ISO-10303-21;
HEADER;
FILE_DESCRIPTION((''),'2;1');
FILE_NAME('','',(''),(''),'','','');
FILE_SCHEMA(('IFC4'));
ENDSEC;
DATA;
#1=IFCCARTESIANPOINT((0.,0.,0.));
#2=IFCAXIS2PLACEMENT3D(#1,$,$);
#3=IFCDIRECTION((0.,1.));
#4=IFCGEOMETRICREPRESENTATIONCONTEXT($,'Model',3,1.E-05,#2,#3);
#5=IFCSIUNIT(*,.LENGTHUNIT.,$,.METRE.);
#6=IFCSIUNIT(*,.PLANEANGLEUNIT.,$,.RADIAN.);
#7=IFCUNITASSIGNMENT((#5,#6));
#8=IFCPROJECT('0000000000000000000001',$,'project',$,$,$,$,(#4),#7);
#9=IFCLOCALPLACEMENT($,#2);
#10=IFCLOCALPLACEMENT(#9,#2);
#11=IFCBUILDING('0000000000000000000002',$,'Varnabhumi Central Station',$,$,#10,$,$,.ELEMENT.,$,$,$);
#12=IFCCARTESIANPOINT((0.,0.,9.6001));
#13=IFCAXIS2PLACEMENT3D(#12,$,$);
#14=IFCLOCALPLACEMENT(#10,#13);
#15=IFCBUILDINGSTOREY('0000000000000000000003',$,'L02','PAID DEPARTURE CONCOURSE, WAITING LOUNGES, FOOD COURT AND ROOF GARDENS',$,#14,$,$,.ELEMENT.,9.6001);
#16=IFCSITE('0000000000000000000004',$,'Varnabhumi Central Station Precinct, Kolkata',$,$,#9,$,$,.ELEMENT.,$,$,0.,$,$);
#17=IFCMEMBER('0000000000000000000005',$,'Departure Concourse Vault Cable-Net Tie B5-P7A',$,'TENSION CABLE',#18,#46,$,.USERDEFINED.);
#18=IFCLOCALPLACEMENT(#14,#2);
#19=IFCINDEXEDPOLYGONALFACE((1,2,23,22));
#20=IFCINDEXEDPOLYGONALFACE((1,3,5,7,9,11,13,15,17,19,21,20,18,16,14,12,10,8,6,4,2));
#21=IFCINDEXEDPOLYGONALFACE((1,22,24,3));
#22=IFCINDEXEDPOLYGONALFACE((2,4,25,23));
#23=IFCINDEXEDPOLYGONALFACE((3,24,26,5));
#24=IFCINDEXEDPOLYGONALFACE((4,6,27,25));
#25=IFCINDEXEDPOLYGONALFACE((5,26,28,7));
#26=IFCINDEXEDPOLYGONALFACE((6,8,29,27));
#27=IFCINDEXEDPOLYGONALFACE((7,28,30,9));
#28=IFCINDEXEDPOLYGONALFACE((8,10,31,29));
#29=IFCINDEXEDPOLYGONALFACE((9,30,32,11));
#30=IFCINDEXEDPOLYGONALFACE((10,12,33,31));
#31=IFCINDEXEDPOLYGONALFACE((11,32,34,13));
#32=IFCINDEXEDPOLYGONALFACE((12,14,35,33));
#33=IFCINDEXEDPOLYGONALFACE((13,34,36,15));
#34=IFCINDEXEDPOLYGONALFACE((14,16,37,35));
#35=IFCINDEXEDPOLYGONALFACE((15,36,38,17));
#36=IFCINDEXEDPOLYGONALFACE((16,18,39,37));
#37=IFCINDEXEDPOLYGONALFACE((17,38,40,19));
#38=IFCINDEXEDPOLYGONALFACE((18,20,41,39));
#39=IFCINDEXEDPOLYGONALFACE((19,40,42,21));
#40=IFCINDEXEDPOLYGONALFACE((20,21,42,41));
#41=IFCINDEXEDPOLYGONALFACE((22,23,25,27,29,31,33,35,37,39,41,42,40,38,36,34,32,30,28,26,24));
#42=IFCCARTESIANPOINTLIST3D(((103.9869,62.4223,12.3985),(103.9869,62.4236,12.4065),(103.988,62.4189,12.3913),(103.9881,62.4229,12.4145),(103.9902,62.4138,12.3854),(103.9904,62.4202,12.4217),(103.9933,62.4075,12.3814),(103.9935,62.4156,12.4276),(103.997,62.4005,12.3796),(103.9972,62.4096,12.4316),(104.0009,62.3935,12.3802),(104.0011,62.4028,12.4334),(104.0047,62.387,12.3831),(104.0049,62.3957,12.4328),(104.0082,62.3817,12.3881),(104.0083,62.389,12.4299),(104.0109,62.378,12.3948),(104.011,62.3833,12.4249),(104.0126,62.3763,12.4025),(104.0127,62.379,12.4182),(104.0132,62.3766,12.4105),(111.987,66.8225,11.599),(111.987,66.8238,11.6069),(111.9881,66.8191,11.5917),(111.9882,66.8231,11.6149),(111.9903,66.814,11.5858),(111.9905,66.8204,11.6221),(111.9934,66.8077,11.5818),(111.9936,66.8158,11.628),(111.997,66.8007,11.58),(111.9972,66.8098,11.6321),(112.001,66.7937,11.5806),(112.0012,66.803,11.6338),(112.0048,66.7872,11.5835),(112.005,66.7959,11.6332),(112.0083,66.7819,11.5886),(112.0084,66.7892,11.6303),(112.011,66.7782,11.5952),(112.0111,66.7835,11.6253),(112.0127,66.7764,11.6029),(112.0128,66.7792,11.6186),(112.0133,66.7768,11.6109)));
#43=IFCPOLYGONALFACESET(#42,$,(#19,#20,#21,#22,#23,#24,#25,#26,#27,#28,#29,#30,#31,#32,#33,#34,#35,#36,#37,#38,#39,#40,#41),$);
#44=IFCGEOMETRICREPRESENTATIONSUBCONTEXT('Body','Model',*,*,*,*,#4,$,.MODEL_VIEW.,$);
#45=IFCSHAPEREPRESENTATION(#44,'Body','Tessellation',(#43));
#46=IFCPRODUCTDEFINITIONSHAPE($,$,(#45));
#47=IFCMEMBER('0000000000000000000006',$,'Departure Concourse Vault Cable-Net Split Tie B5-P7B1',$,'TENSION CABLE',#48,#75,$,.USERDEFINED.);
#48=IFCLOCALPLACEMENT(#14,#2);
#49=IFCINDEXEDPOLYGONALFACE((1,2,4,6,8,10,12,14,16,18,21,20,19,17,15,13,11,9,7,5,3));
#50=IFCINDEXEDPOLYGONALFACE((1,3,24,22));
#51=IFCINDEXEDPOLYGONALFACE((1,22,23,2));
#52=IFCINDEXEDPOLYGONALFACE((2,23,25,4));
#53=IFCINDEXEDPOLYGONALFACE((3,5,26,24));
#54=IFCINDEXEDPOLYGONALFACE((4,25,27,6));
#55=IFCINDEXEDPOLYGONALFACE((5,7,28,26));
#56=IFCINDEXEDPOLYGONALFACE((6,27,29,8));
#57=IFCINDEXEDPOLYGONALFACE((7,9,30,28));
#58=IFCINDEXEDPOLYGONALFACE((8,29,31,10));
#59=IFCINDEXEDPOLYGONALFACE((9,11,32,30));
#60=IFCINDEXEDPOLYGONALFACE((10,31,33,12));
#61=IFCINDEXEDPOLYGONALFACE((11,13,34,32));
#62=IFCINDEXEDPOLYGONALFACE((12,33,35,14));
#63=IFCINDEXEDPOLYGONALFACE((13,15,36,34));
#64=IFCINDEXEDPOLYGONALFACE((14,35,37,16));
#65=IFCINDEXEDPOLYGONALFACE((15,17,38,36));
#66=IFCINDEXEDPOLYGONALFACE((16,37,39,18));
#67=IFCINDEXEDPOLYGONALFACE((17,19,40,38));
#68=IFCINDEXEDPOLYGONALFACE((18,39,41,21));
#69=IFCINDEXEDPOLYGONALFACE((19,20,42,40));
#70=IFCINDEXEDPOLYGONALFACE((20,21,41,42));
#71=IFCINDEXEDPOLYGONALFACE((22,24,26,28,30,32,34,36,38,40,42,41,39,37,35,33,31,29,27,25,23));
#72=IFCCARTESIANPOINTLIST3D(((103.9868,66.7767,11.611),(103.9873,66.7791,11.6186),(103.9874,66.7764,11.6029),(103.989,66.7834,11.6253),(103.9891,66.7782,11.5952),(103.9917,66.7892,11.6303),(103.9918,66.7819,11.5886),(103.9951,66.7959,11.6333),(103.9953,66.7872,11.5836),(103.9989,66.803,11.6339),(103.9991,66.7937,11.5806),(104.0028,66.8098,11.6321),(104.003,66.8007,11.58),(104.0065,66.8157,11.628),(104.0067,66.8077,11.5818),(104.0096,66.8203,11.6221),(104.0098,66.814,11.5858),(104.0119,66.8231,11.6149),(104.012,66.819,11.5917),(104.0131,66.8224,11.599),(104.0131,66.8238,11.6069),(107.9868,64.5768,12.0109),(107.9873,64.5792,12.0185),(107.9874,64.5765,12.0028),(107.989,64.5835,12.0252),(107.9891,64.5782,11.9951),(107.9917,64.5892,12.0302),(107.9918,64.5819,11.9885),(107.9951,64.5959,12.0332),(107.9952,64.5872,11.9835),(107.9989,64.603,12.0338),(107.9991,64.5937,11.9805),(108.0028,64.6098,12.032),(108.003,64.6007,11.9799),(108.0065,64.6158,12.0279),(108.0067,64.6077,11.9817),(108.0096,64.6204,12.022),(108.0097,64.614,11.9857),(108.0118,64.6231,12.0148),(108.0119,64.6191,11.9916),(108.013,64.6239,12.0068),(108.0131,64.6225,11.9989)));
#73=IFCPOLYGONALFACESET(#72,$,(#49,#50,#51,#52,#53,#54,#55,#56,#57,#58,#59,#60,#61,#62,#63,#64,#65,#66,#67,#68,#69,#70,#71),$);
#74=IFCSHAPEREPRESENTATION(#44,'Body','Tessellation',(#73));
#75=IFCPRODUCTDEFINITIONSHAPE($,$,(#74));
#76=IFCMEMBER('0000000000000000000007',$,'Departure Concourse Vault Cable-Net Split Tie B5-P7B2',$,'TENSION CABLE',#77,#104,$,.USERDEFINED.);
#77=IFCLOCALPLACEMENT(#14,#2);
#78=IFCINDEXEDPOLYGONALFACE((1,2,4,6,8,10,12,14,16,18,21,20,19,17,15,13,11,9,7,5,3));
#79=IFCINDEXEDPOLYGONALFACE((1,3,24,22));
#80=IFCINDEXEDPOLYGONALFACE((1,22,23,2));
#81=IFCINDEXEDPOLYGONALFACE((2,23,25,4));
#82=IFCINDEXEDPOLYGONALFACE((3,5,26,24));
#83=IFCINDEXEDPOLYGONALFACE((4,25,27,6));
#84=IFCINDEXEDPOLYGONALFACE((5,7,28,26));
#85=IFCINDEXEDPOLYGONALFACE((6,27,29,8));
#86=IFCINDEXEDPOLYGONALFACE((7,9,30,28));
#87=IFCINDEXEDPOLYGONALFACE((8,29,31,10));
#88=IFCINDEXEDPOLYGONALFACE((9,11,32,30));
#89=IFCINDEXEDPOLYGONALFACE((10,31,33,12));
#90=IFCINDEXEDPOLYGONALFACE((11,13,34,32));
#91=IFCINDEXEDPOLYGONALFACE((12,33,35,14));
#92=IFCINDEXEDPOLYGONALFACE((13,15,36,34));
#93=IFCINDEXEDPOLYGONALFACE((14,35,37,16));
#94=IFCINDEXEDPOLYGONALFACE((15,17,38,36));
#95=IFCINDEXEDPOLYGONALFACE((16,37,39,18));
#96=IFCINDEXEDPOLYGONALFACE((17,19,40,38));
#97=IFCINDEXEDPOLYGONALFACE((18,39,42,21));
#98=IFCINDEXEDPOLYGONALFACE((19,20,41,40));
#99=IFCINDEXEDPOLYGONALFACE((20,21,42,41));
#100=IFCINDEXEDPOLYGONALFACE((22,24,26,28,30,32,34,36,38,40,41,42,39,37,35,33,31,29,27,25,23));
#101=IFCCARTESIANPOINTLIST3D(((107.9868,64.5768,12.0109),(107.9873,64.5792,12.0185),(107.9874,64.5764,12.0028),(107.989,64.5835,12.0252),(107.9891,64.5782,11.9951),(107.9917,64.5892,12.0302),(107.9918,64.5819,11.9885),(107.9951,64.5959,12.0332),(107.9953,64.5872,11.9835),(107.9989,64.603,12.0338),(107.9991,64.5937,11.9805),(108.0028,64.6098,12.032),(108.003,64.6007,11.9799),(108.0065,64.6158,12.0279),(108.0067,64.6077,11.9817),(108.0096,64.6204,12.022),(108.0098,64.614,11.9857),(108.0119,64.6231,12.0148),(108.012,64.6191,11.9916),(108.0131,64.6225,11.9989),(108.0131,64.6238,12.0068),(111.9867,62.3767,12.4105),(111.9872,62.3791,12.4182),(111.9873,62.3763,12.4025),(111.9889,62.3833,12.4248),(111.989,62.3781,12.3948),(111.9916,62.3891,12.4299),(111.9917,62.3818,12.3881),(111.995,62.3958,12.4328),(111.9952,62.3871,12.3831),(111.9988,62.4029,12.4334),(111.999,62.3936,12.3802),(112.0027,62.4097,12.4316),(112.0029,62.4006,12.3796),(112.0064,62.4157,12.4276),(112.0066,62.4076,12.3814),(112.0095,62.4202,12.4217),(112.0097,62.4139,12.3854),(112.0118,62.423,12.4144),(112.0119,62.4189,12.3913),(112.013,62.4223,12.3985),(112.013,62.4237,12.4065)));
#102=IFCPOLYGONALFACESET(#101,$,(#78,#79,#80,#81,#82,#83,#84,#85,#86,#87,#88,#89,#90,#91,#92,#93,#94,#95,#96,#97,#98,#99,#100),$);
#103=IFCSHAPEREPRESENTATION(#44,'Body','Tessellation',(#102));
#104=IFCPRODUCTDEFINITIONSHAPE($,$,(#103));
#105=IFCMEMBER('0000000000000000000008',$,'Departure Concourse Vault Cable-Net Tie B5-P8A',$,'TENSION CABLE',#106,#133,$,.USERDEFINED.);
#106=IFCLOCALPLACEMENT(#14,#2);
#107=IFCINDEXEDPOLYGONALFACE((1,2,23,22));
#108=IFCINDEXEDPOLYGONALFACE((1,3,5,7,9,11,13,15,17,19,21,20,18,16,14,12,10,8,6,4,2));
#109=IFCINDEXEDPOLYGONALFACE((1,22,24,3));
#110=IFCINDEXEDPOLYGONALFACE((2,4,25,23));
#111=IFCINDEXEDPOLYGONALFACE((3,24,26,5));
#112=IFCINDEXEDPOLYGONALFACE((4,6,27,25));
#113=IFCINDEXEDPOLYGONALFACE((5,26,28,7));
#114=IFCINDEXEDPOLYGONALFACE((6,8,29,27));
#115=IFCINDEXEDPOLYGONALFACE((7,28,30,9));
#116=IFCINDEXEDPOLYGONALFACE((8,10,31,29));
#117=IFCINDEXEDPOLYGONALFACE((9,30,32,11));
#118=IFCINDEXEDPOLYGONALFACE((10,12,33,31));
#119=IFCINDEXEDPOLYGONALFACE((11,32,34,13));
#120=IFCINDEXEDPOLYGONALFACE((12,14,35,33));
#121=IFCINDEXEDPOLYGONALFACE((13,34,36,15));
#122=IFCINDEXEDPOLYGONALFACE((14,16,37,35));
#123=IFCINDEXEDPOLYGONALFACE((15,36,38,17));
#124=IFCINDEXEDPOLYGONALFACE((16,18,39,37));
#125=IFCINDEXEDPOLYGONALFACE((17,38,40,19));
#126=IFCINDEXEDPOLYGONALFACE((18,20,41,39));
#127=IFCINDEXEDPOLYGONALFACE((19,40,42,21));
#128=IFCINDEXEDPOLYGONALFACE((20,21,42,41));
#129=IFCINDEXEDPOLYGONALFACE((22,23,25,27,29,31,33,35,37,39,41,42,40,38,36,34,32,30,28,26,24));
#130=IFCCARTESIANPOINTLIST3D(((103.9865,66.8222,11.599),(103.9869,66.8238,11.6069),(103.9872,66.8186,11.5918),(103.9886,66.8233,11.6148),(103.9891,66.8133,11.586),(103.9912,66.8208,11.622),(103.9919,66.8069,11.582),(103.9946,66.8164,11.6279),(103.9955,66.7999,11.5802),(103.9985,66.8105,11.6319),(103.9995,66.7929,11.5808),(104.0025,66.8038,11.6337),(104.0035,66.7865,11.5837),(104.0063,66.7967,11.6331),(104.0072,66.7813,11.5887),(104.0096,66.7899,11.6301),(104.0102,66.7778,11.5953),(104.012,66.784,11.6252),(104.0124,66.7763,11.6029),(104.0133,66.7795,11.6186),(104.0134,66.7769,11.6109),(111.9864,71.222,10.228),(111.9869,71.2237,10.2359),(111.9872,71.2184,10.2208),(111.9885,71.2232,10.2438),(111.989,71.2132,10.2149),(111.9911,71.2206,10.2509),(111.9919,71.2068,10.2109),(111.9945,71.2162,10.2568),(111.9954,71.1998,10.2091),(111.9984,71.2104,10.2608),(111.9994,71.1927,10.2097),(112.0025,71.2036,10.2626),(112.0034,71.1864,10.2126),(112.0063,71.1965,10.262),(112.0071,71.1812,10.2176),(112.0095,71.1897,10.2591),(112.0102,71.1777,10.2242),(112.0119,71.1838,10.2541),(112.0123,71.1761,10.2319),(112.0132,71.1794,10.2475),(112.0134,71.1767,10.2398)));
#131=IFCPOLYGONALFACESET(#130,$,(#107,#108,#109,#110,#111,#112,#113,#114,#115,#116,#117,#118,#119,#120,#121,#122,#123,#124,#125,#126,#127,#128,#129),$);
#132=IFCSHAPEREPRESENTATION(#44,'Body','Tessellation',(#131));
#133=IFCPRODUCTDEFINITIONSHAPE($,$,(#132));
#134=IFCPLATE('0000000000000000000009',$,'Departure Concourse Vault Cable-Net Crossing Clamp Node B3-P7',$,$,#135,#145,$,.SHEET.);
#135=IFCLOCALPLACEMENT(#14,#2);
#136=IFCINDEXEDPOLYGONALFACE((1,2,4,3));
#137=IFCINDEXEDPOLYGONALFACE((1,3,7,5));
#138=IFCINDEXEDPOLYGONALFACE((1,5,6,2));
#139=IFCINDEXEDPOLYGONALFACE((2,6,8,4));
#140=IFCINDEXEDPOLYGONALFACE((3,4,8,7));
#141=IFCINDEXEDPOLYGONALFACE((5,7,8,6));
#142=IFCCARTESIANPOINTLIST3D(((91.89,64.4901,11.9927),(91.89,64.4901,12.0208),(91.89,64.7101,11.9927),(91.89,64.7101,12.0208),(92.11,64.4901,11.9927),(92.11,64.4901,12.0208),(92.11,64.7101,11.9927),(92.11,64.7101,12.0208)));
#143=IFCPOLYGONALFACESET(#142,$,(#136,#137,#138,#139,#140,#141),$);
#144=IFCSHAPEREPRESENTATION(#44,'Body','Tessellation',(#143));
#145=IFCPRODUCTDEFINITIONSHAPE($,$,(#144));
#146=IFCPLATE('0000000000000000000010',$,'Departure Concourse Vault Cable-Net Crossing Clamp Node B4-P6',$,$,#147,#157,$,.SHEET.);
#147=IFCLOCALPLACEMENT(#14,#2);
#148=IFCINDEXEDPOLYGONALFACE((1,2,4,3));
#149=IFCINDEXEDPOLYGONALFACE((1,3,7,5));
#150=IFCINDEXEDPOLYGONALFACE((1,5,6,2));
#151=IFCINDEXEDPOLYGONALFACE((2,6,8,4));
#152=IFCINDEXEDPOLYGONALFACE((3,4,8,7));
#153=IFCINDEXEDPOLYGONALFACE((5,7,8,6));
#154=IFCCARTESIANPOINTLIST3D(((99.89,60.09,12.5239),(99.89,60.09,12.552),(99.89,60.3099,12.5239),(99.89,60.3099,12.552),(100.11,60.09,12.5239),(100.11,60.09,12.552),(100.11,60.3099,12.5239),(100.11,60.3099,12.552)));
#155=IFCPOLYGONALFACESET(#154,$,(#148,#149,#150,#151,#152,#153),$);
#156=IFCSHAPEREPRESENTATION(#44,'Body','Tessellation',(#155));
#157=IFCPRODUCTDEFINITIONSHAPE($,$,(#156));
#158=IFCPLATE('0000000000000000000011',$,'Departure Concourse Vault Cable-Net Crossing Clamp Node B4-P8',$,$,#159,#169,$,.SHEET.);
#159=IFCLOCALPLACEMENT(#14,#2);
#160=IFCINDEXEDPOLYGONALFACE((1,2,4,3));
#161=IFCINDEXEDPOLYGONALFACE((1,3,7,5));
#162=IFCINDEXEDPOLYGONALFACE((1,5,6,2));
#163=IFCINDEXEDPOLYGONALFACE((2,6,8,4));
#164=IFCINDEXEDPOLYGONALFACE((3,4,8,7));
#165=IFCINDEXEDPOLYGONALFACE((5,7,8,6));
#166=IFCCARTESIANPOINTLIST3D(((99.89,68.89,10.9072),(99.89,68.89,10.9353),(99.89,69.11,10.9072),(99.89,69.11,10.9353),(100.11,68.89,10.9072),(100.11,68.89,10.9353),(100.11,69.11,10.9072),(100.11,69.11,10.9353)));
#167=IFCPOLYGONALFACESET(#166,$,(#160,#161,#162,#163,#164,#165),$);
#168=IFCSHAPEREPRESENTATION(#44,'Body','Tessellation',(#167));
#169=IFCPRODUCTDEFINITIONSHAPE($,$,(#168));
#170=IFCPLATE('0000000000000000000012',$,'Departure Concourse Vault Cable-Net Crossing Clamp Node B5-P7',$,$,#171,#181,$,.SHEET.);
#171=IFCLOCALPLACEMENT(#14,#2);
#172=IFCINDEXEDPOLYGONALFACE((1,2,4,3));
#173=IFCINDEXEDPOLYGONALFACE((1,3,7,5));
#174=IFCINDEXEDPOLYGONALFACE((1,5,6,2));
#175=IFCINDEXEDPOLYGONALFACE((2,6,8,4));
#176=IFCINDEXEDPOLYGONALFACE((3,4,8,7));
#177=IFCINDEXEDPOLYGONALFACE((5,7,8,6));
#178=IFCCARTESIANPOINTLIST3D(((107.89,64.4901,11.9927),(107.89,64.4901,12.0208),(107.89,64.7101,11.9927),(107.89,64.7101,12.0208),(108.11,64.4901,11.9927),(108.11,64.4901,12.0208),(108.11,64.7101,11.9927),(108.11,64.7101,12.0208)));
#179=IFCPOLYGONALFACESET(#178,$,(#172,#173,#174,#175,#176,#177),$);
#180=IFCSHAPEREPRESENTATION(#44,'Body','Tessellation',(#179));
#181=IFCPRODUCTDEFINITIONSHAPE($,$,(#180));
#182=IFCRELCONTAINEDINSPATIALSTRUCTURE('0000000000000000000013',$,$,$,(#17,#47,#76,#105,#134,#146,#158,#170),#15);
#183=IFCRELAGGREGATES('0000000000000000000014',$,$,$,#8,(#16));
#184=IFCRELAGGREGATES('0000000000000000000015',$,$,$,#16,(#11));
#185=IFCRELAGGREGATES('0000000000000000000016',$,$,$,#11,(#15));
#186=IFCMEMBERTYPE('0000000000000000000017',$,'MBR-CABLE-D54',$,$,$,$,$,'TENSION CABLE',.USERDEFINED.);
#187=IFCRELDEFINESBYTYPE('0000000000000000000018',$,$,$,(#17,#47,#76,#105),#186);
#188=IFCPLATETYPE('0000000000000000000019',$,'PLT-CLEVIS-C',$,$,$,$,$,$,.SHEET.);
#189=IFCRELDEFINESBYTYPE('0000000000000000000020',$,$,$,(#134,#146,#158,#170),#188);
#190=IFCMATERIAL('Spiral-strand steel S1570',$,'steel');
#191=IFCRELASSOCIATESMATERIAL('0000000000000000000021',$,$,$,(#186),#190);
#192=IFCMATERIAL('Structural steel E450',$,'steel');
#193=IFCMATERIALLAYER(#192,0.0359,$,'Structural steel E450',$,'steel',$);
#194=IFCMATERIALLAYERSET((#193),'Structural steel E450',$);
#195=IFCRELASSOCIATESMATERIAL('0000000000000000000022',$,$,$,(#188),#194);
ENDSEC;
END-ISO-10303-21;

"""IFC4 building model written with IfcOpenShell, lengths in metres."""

from ifc_helpers import new_model, si_unit, direction, frame, origin, origin_2d, place, context, subcontext, project, spatial, rectangle, circle, extrude, material, layer, layer_set, material_profile, profile_set, type_object, element, save


model = new_model("IFC4")

# Units and contexts
model_context = context("Model", 3, precision=1e-05, world=origin(), true_north=direction((0.0, 1.0)))
body_context = subcontext(model_context, "Body", "Model", "MODEL_VIEW")
ifc_project = project(units=[si_unit("LENGTHUNIT", "METRE"), si_unit("PLANEANGLEUNIT", "RADIAN")], contexts=[model_context])

# Site, building, storey
site_placement = place(None, origin())
site = spatial("IfcSite", under=ifc_project, at=site_placement, Name="Varnabhumi Central Station Precinct, Kolkata", CompositionType="ELEMENT", RefElevation=0.0)
building_placement = place(site_placement, origin())
building = spatial("IfcBuilding", under=site, at=building_placement, Name="Varnabhumi Central Station", CompositionType="ELEMENT")
storey_placement = place(building_placement, frame((0.0, 0.0, 9.6001)))
storey = spatial("IfcBuildingStorey", under=building, at=storey_placement, Name="L02", Description="PAID DEPARTURE CONCOURSE, WAITING LOUNGES, FOOD COURT AND ROOF GARDENS", CompositionType="ELEMENT", Elevation=9.6001)

# Members
ifc_material_1 = material(Name="Spiral-strand steel S1570", Category="steel")
ifc_material_profile_1 = material_profile(ifc_material_1, circle(Radius=0.0271, at=origin_2d()), Name="Spiral-strand steel S1570", Category="steel")
ifc_profile_set_1 = profile_set([ifc_material_profile_1], Name="Spiral-strand steel S1570")
member_type = type_object("IfcMemberType", Name="MBR-CABLE-D54", ElementType="TENSION CABLE", PredefinedType="USERDEFINED", material=ifc_profile_set_1)
member_1_placement = place(storey_placement, frame((104.0, 62.3999, 12.4065), z_axis=(0.872869, 0.480094, -0.087239), x_axis=(-0.481931, 0.876209, 0.0)))
element("IfcMember", 1, at=member_1_placement, inside=storey, type_object=member_type, Name="Departure Concourse Vault Cable-Net Tie B5-P7A", ObjectType="TENSION CABLE", PredefinedType="USERDEFINED", context=body_context, shape_type="SweptSolid", body=[
    extrude(circle(Radius=0.0271, at=origin_2d()), origin(), (0.0, 0.0, 1.0), 9.1653),
])
for number, where, z_axis, x_axis, name in (
    (2, (104.0, 66.8, 11.6069), (0.872878, -0.480072, 0.087266), (0.481911, 0.87622, 0.0), "Departure Concourse Vault Cable-Net Split Tie B5-P7B1"),
    (3, (108.0, 64.6001, 12.0068), (0.872859, -0.480115, 0.087211), (0.481952, 0.876198, 0.0), "Departure Concourse Vault Cable-Net Split Tie B5-P7B2"),
):
    element("IfcMember", number, at=place(storey_placement, frame(where, z_axis=z_axis, x_axis=x_axis)), inside=storey, type_object=member_type, Name=name, ObjectType="TENSION CABLE", PredefinedType="USERDEFINED", context=body_context, shape_type="SweptSolid", body=[
        extrude(circle(Radius=0.0271, at=origin_2d()), origin(), (0.0, 0.0, 1.0), 4.5825),
    ])
member_2_placement = place(storey_placement, frame((104.0, 66.8, 11.6069), z_axis=(0.866504, 0.476567, -0.148507), x_axis=(-0.481911, 0.87622, 0.0)))
element("IfcMember", 4, at=member_2_placement, inside=storey, type_object=member_type, Name="Departure Concourse Vault Cable-Net Tie B5-P8A", ObjectType="TENSION CABLE", PredefinedType="USERDEFINED", context=body_context, shape_type="SweptSolid", body=[
    extrude(circle(Radius=0.0271, at=origin_2d()), origin(), (0.0, 0.0, 1.0), 9.2324),
])

# Plates
ifc_material_2 = material(Name="Structural steel E450", Category="steel")
ifc_layer = layer(ifc_material_2, 0.0359, Name="Structural steel E450", Category="steel")
ifc_layer_set = layer_set([ifc_layer], Name="Structural steel E450")
plate_type = type_object("IfcPlateType", Name="PLT-CLEVIS-C", PredefinedType="SHEET", material=ifc_layer_set)
for number, where, z_axis, x_axis, name in (
    (5, (92.0, 64.6001, 11.9927), (0.0, 0.0, 1.0), (1.0, 0.0, 0.0), "Departure Concourse Vault Cable-Net Crossing Clamp Node B3-P7"),
    (6, (100.0, 60.2, 12.5239), (0.0, 0.0, 1.0), (1.0, 0.0, 0.0), "Departure Concourse Vault Cable-Net Crossing Clamp Node B4-P6"),
    (7, (100.0, 69.0, 10.9072), (0.0, 0.0, 1.0), (1.0, 0.0, 0.0), "Departure Concourse Vault Cable-Net Crossing Clamp Node B4-P8"),
    (8, (108.0, 64.6001, 11.9927), (0.0, 0.0, 1.0), (1.0, 0.0, 0.0), "Departure Concourse Vault Cable-Net Crossing Clamp Node B5-P7"),
):
    element("IfcPlate", number, at=place(storey_placement, frame(where, z_axis=z_axis, x_axis=x_axis)), inside=storey, type_object=plate_type, Name=name, PredefinedType="SHEET", context=body_context, shape_type="SweptSolid", body=[
        extrude(rectangle(XDim=0.22, YDim=0.22, at=origin_2d()), origin(), (0.0, 0.0, 1.0), 0.0281),
    ])

save(model, "model.ifc")
